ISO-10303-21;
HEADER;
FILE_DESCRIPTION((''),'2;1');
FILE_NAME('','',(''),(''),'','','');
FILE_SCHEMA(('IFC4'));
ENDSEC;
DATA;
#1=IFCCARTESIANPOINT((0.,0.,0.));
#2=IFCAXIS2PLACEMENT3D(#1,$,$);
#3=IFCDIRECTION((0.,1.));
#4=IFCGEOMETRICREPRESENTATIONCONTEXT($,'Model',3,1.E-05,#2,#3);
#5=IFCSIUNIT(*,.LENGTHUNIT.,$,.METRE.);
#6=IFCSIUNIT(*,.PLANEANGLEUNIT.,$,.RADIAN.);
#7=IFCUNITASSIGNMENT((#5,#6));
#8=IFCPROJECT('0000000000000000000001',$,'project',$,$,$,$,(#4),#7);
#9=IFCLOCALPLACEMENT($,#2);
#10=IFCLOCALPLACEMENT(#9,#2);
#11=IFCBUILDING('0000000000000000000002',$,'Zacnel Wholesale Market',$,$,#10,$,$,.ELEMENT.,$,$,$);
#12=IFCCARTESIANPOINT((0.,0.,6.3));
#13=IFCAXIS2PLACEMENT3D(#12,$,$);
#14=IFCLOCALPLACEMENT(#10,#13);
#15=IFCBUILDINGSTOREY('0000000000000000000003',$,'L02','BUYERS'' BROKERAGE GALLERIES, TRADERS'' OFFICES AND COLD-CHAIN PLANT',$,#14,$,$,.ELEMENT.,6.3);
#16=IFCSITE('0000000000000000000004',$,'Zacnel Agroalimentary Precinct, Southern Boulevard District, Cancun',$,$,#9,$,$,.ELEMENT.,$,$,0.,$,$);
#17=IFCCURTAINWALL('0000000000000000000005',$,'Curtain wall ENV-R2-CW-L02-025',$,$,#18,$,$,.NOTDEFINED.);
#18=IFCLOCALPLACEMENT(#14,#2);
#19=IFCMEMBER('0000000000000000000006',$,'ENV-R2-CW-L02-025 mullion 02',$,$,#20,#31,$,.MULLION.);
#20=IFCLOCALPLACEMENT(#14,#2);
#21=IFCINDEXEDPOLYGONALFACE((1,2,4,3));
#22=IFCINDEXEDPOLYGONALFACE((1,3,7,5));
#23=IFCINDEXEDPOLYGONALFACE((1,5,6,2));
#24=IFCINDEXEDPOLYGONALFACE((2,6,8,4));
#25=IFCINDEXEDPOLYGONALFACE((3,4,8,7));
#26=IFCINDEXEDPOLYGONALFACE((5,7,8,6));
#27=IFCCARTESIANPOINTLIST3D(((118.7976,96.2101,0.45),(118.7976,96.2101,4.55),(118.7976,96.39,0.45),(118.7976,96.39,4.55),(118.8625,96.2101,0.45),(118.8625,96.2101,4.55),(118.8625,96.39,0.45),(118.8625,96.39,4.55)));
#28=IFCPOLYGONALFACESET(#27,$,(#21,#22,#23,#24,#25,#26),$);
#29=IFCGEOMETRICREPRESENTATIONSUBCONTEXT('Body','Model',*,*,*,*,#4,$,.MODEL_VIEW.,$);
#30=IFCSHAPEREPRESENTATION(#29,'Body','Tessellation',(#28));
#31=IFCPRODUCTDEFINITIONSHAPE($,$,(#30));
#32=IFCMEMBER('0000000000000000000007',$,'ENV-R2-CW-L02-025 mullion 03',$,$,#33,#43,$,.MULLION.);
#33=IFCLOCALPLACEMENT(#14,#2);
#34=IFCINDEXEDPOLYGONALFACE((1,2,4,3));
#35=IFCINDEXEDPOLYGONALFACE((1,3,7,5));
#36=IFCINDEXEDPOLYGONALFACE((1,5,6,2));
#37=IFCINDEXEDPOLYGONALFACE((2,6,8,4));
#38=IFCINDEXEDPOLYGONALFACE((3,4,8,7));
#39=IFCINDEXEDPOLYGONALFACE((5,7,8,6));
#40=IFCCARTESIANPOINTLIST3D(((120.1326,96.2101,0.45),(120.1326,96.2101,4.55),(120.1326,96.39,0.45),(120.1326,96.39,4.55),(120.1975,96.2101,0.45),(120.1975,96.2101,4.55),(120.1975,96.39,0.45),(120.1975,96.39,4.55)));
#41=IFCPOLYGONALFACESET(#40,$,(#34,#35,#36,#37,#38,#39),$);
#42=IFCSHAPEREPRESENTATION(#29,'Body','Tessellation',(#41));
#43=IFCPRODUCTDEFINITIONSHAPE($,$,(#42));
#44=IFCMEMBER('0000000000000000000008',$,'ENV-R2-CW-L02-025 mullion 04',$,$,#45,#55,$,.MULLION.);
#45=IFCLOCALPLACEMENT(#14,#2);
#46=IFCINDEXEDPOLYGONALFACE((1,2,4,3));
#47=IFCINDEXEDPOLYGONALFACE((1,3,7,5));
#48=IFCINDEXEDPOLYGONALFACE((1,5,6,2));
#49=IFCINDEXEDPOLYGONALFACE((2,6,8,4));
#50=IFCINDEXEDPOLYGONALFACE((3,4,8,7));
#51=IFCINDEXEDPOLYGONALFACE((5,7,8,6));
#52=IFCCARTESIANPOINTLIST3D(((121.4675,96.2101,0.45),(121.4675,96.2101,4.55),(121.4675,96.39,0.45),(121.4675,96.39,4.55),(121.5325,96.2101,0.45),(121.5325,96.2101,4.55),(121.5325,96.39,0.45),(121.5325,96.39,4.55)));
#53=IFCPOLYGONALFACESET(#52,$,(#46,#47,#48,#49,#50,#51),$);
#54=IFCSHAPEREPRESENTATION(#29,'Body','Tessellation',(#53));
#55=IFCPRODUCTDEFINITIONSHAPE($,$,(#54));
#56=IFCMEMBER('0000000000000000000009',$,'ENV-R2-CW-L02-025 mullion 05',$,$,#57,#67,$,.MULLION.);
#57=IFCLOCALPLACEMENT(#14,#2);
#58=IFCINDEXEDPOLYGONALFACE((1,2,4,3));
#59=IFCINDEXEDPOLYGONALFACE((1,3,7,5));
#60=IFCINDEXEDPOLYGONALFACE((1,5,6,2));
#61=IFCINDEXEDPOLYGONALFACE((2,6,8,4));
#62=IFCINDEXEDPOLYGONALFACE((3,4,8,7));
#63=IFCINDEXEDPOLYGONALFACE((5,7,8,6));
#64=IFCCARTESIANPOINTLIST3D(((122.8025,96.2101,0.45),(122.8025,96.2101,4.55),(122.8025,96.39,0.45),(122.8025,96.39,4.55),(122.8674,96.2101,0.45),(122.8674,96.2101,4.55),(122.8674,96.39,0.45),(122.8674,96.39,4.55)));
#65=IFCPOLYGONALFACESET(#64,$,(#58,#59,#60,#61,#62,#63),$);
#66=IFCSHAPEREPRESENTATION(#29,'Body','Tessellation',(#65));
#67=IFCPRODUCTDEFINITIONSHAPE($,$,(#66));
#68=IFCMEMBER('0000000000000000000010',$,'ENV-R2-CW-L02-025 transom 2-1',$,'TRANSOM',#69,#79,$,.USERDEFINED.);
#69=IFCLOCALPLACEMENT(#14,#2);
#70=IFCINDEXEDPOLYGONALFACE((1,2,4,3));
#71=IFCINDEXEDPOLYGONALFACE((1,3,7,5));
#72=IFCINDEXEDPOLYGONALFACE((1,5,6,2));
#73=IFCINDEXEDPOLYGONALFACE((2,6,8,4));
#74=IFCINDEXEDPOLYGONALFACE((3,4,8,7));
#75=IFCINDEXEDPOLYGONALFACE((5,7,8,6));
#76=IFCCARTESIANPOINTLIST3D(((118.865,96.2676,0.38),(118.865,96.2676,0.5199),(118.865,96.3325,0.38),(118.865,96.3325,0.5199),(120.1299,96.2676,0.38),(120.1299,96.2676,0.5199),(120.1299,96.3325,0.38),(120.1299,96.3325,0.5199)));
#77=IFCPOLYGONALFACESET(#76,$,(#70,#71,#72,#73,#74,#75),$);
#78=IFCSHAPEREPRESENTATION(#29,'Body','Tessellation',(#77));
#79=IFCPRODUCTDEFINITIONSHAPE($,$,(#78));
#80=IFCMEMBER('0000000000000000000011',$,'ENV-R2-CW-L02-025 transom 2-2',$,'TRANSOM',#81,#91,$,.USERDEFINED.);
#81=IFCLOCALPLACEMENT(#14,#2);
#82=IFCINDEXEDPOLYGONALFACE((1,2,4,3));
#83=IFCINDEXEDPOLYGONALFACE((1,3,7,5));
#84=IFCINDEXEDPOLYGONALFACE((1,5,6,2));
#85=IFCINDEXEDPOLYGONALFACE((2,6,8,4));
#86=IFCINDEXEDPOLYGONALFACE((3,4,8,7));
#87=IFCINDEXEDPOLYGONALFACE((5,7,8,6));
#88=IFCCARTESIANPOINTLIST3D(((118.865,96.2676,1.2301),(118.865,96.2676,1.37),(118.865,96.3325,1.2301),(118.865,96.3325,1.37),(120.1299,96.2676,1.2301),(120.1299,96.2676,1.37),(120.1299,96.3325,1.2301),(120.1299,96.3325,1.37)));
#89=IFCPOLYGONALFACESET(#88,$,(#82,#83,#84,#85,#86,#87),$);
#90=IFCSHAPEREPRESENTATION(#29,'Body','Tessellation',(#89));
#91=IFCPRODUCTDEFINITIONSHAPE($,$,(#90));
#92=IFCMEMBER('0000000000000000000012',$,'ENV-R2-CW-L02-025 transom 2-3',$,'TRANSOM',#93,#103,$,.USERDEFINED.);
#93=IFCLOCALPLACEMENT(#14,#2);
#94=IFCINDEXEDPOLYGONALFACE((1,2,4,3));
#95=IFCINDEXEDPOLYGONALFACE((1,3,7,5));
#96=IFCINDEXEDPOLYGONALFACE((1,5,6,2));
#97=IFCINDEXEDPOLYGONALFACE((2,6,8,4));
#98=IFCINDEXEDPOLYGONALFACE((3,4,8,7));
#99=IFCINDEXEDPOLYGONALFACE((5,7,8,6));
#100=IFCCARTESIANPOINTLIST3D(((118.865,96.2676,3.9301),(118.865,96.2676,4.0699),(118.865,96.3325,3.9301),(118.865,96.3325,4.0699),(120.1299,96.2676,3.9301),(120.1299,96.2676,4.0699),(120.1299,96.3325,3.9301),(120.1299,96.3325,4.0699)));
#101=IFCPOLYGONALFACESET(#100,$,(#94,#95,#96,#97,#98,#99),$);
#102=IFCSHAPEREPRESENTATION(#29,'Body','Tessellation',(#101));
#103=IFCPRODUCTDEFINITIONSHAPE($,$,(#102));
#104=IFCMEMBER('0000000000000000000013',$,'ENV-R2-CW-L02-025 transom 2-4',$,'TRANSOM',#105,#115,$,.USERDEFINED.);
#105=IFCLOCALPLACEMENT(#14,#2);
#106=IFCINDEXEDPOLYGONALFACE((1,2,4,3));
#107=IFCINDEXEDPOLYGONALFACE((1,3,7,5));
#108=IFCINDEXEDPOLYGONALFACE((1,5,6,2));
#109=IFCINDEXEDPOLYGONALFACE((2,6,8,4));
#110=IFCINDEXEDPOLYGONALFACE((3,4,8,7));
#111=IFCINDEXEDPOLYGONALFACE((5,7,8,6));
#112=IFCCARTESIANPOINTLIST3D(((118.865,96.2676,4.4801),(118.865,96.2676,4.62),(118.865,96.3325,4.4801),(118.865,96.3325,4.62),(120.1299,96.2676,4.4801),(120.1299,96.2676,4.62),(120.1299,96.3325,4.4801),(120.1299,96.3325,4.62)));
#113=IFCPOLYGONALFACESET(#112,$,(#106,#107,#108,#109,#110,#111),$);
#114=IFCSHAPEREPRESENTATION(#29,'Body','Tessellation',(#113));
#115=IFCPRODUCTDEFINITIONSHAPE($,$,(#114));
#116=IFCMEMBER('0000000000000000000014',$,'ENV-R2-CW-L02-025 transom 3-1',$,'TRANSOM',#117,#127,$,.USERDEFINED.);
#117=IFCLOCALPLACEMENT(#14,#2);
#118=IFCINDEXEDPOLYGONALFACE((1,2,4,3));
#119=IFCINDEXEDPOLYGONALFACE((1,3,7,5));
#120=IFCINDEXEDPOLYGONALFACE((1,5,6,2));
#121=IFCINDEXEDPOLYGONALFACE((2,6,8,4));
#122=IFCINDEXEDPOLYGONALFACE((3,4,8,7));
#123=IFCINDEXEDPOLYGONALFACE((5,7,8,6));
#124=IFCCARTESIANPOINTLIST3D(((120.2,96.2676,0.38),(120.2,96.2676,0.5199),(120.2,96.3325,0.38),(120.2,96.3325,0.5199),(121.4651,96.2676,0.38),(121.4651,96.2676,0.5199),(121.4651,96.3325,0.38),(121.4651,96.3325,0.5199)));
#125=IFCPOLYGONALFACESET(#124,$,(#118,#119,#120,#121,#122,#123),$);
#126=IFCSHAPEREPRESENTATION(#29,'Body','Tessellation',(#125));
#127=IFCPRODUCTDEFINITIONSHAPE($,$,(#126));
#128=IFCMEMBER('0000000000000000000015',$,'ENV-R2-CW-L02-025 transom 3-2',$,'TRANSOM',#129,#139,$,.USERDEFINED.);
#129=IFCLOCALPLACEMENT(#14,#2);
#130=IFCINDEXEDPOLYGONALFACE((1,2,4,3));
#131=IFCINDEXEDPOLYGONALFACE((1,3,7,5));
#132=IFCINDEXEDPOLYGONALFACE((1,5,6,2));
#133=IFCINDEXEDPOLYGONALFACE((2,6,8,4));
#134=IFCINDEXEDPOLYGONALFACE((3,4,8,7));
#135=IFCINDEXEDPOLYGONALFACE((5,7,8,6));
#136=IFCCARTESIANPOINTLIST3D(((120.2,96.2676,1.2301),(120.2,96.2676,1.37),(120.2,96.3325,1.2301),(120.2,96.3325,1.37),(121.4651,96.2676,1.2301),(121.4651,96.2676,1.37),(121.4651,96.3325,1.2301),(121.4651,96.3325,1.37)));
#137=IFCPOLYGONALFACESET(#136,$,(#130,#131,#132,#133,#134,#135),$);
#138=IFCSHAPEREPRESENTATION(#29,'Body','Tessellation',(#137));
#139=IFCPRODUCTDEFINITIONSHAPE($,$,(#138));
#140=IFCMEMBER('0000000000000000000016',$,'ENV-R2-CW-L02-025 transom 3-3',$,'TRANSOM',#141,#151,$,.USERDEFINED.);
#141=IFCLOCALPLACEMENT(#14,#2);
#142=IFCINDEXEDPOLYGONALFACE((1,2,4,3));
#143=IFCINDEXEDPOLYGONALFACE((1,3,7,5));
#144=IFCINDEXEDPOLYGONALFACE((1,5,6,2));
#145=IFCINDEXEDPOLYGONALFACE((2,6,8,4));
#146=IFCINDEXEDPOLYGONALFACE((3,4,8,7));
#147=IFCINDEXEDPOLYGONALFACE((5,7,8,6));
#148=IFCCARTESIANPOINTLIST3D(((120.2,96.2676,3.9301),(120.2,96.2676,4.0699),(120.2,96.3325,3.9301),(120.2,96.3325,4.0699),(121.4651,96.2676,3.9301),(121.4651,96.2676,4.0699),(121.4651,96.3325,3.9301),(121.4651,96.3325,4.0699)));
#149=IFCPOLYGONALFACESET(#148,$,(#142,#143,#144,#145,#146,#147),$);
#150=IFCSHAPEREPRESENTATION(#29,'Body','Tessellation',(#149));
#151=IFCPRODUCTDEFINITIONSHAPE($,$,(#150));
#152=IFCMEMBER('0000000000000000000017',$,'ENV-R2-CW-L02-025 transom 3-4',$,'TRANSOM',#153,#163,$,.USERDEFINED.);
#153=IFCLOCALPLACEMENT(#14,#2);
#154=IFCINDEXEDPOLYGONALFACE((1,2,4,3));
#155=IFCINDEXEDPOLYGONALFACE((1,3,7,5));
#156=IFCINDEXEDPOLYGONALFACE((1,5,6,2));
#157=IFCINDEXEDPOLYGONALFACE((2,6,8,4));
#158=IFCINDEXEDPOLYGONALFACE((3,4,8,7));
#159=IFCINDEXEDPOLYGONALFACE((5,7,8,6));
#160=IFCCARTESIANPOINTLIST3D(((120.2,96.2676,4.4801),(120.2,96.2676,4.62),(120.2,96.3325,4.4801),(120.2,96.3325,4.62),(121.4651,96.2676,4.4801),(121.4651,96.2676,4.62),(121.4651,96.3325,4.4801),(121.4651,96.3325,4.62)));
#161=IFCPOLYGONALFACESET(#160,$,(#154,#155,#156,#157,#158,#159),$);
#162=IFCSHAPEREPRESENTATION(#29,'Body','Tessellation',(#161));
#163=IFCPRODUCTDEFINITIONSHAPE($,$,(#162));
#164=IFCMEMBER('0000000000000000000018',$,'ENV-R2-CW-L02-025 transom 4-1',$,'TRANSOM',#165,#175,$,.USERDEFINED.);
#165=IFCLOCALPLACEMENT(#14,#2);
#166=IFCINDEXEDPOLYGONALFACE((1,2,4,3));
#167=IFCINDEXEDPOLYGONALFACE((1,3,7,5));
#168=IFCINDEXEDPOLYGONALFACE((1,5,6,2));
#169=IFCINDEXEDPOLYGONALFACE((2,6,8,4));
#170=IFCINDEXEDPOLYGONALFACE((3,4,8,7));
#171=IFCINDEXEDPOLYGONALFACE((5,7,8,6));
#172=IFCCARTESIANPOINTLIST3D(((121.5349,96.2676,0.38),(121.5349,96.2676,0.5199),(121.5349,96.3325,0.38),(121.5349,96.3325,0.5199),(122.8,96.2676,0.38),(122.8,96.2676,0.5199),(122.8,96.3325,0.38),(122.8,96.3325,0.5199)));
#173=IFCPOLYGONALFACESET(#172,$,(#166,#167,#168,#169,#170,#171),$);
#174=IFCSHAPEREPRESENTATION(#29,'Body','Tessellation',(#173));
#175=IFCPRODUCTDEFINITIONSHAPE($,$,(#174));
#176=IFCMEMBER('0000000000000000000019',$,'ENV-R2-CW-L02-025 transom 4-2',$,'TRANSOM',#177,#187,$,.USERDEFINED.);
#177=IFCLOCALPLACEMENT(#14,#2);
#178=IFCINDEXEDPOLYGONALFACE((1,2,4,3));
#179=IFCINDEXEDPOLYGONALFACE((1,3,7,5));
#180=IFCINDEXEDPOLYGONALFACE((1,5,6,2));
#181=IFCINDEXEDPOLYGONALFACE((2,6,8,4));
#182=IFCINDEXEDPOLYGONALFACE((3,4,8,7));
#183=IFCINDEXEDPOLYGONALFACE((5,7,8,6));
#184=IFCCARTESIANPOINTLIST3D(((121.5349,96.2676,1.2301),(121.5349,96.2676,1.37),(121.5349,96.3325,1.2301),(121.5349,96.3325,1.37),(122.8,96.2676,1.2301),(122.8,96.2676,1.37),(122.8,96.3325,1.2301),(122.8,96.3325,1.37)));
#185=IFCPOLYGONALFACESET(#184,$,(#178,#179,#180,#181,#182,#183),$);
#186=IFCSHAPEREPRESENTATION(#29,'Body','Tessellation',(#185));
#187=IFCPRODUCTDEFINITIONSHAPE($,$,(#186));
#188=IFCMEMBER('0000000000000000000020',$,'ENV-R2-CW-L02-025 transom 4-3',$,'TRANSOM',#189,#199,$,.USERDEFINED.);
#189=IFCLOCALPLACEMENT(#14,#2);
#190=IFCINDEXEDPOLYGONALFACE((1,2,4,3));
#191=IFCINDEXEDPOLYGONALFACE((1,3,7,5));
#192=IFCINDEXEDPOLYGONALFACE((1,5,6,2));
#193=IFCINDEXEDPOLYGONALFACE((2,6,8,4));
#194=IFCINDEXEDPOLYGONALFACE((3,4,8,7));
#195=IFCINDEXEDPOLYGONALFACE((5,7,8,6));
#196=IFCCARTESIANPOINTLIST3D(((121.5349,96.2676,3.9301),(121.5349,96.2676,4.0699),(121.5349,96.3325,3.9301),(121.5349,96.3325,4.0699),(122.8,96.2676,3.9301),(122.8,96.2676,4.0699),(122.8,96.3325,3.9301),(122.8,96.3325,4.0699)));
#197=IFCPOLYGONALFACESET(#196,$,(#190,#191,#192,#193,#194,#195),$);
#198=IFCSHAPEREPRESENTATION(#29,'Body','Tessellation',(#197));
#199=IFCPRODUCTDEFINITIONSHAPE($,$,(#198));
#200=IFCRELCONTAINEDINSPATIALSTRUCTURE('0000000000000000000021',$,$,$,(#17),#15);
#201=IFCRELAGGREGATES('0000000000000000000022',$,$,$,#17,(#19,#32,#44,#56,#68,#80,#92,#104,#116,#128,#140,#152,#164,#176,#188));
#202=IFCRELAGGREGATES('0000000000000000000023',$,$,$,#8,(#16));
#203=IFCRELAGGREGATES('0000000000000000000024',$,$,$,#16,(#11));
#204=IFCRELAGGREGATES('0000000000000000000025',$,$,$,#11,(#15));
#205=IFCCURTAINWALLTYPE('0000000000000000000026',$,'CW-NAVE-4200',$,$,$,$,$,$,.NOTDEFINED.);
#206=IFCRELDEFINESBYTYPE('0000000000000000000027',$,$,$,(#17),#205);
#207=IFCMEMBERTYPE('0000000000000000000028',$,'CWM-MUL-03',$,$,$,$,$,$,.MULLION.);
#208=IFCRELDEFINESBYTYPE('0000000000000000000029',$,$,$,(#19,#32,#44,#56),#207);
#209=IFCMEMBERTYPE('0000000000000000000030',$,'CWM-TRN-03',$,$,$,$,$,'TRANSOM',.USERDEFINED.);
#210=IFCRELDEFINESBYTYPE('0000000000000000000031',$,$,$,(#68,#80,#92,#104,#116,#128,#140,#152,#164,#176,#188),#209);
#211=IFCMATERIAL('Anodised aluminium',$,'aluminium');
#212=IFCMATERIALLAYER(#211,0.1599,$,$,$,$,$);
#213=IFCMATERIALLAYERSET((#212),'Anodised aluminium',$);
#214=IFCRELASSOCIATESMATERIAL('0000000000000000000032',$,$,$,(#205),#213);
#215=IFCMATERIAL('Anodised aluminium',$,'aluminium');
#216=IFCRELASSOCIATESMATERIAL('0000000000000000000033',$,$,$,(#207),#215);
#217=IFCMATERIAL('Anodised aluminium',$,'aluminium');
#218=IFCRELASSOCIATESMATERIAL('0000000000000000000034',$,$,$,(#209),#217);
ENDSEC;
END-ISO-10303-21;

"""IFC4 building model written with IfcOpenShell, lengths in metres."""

from ifc_helpers import new_model, si_unit, direction, frame, origin, origin_2d, place, context, subcontext, project, spatial, rectangle, extrude, material, layer, layer_set, material_profile, profile_set, type_object, element, aggregate, save


model = new_model("IFC4")

# Units and contexts
model_context = context("Model", 3, precision=1e-05, world=origin(), true_north=direction((0.0, 1.0)))
body_context = subcontext(model_context, "Body", "Model", "MODEL_VIEW")
ifc_project = project(units=[si_unit("LENGTHUNIT", "METRE"), si_unit("PLANEANGLEUNIT", "RADIAN")], contexts=[model_context])

# Site, building, storey
site_placement = place(None, origin())
site = spatial("IfcSite", under=ifc_project, at=site_placement, Name="Zacnel Agroalimentary Precinct, Southern Boulevard District, Cancun", CompositionType="ELEMENT", RefElevation=0.0)
building_placement = place(site_placement, origin())
building = spatial("IfcBuilding", under=site, at=building_placement, Name="Zacnel Wholesale Market", CompositionType="ELEMENT")
storey_placement = place(building_placement, frame((0.0, 0.0, 6.3)))
storey = spatial("IfcBuildingStorey", under=building, at=storey_placement, Name="L02", Description="BUYERS' BROKERAGE GALLERIES, TRADERS' OFFICES AND COLD-CHAIN PLANT", CompositionType="ELEMENT", Elevation=6.3)

# Curtain wall, members
ifc_material_1 = material(Name="Anodised aluminium", Category="aluminium")
ifc_layer_1 = layer(ifc_material_1, 0.1599)
ifc_layer_set_1 = layer_set([ifc_layer_1], Name="Anodised aluminium")
curtain_wall_type = type_object("IfcCurtainWallType", Name="CW-NAVE-4200", PredefinedType="NOTDEFINED", material=ifc_layer_set_1)
curtain_wall_placement = place(storey_placement, origin())
curtain_wall = element("IfcCurtainWall", 1, at=curtain_wall_placement, inside=storey, type_object=curtain_wall_type, Name="Curtain wall ENV-R2-CW-L02-025", PredefinedType="NOTDEFINED")
ifc_material_2 = material(Name="Anodised aluminium", Category="aluminium")
ifc_material_profile_1 = material_profile(ifc_material_2, rectangle(XDim=0.0649, YDim=0.1799, at=origin_2d()), Name="AW-MULLION 65x180")
ifc_profile_set_1 = profile_set([ifc_material_profile_1], Name="Anodised aluminium")
member_type_1 = type_object("IfcMemberType", Name="CWM-MUL-03", PredefinedType="MULLION", material=ifc_profile_set_1)
member_1_placement = place(storey_placement, frame((118.8301, 96.3, 0.45), z_axis=(0.0, 0.0, 1.0), x_axis=(1.0, 0.0, 0.0)))
member_1 = element("IfcMember", 2, at=member_1_placement, type_object=member_type_1, Name="ENV-R2-CW-L02-025 mullion 02", PredefinedType="MULLION", context=body_context, shape_type="SweptSolid", body=[
    extrude(rectangle(XDim=0.0649, YDim=0.1799, at=origin_2d()), origin(), (0.0, 0.0, 1.0), 4.1001),
])
member_2_placement = place(storey_placement, frame((120.165, 96.3, 0.45), z_axis=(0.0, 0.0, 1.0), x_axis=(1.0, 0.0, 0.0)))
member_2 = element("IfcMember", 3, at=member_2_placement, type_object=member_type_1, Name="ENV-R2-CW-L02-025 mullion 03", PredefinedType="MULLION", context=body_context, shape_type="SweptSolid", body=[
    extrude(rectangle(XDim=0.0649, YDim=0.1799, at=origin_2d()), origin(), (0.0, 0.0, 1.0), 4.1001),
])
member_3_placement = place(storey_placement, frame((121.5, 96.3, 0.45), z_axis=(0.0, 0.0, 1.0), x_axis=(1.0, 0.0, 0.0)))
member_3 = element("IfcMember", 4, at=member_3_placement, type_object=member_type_1, Name="ENV-R2-CW-L02-025 mullion 04", PredefinedType="MULLION", context=body_context, shape_type="SweptSolid", body=[
    extrude(rectangle(XDim=0.0649, YDim=0.1799, at=origin_2d()), origin(), (0.0, 0.0, 1.0), 4.1001),
])
member_4_placement = place(storey_placement, frame((122.835, 96.3, 0.45), z_axis=(0.0, 0.0, 1.0), x_axis=(1.0, 0.0, 0.0)))
member_4 = element("IfcMember", 5, at=member_4_placement, type_object=member_type_1, Name="ENV-R2-CW-L02-025 mullion 05", PredefinedType="MULLION", context=body_context, shape_type="SweptSolid", body=[
    extrude(rectangle(XDim=0.0649, YDim=0.1799, at=origin_2d()), origin(), (0.0, 0.0, 1.0), 4.1001),
])
ifc_material_3 = material(Name="Anodised aluminium", Category="aluminium")
ifc_material_profile_2 = material_profile(ifc_material_3, rectangle(XDim=0.0649, YDim=0.1399, at=origin_2d()), Name="AW-TRANSOM 65x140")
ifc_profile_set_2 = profile_set([ifc_material_profile_2], Name="Anodised aluminium")
member_type_2 = type_object("IfcMemberType", Name="CWM-TRN-03", ElementType="TRANSOM", PredefinedType="USERDEFINED", material=ifc_profile_set_2)
member_5_placement = place(storey_placement, frame((118.865, 96.3, 0.45), z_axis=(1.0, 0.0, 0.0), x_axis=(0.0, 1.0, 0.0)))
member_5 = element("IfcMember", 6, at=member_5_placement, type_object=member_type_2, Name="ENV-R2-CW-L02-025 transom 2-1", ObjectType="TRANSOM", PredefinedType="USERDEFINED", context=body_context, shape_type="SweptSolid", body=[
    extrude(rectangle(XDim=0.0649, YDim=0.1399, at=origin_2d()), origin(), (0.0, 0.0, 1.0), 1.2649),
])
member_6_placement = place(storey_placement, frame((118.865, 96.3, 1.3), z_axis=(1.0, 0.0, 0.0), x_axis=(0.0, 1.0, 0.0)))
member_6 = element("IfcMember", 7, at=member_6_placement, type_object=member_type_2, Name="ENV-R2-CW-L02-025 transom 2-2", ObjectType="TRANSOM", PredefinedType="USERDEFINED", context=body_context, shape_type="SweptSolid", body=[
    extrude(rectangle(XDim=0.0649, YDim=0.1399, at=origin_2d()), origin(), (0.0, 0.0, 1.0), 1.2649),
])
member_7_placement = place(storey_placement, frame((118.865, 96.3, 4.0), z_axis=(1.0, 0.0, 0.0), x_axis=(0.0, 1.0, 0.0)))
member_7 = element("IfcMember", 8, at=member_7_placement, type_object=member_type_2, Name="ENV-R2-CW-L02-025 transom 2-3", ObjectType="TRANSOM", PredefinedType="USERDEFINED", context=body_context, shape_type="SweptSolid", body=[
    extrude(rectangle(XDim=0.0649, YDim=0.1399, at=origin_2d()), origin(), (0.0, 0.0, 1.0), 1.2649),
])
member_8_placement = place(storey_placement, frame((118.865, 96.3, 4.55), z_axis=(1.0, 0.0, 0.0), x_axis=(0.0, 1.0, 0.0)))
member_8 = element("IfcMember", 9, at=member_8_placement, type_object=member_type_2, Name="ENV-R2-CW-L02-025 transom 2-4", ObjectType="TRANSOM", PredefinedType="USERDEFINED", context=body_context, shape_type="SweptSolid", body=[
    extrude(rectangle(XDim=0.0649, YDim=0.1399, at=origin_2d()), origin(), (0.0, 0.0, 1.0), 1.2649),
])
member_9_placement = place(storey_placement, frame((120.2, 96.3, 0.45), z_axis=(1.0, 0.0, 0.0), x_axis=(0.0, 1.0, 0.0)))
member_9 = element("IfcMember", 10, at=member_9_placement, type_object=member_type_2, Name="ENV-R2-CW-L02-025 transom 3-1", ObjectType="TRANSOM", PredefinedType="USERDEFINED", context=body_context, shape_type="SweptSolid", body=[
    extrude(rectangle(XDim=0.0649, YDim=0.1399, at=origin_2d()), origin(), (0.0, 0.0, 1.0), 1.2651),
])
member_10_placement = place(storey_placement, frame((120.2, 96.3, 1.3), z_axis=(1.0, 0.0, 0.0), x_axis=(0.0, 1.0, 0.0)))
member_10 = element("IfcMember", 11, at=member_10_placement, type_object=member_type_2, Name="ENV-R2-CW-L02-025 transom 3-2", ObjectType="TRANSOM", PredefinedType="USERDEFINED", context=body_context, shape_type="SweptSolid", body=[
    extrude(rectangle(XDim=0.0649, YDim=0.1399, at=origin_2d()), origin(), (0.0, 0.0, 1.0), 1.2651),
])
member_11_placement = place(storey_placement, frame((120.2, 96.3, 4.0), z_axis=(1.0, 0.0, 0.0), x_axis=(0.0, 1.0, 0.0)))
member_11 = element("IfcMember", 12, at=member_11_placement, type_object=member_type_2, Name="ENV-R2-CW-L02-025 transom 3-3", ObjectType="TRANSOM", PredefinedType="USERDEFINED", context=body_context, shape_type="SweptSolid", body=[
    extrude(rectangle(XDim=0.0649, YDim=0.1399, at=origin_2d()), origin(), (0.0, 0.0, 1.0), 1.2651),
])
member_12_placement = place(storey_placement, frame((120.2, 96.3, 4.55), z_axis=(1.0, 0.0, 0.0), x_axis=(0.0, 1.0, 0.0)))
member_12 = element("IfcMember", 13, at=member_12_placement, type_object=member_type_2, Name="ENV-R2-CW-L02-025 transom 3-4", ObjectType="TRANSOM", PredefinedType="USERDEFINED", context=body_context, shape_type="SweptSolid", body=[
    extrude(rectangle(XDim=0.0649, YDim=0.1399, at=origin_2d()), origin(), (0.0, 0.0, 1.0), 1.2651),
])
member_13_placement = place(storey_placement, frame((121.5349, 96.3, 0.45), z_axis=(1.0, 0.0, 0.0), x_axis=(0.0, 1.0, 0.0)))
member_13 = element("IfcMember", 14, at=member_13_placement, type_object=member_type_2, Name="ENV-R2-CW-L02-025 transom 4-1", ObjectType="TRANSOM", PredefinedType="USERDEFINED", context=body_context, shape_type="SweptSolid", body=[
    extrude(rectangle(XDim=0.0649, YDim=0.1399, at=origin_2d()), origin(), (0.0, 0.0, 1.0), 1.2651),
])
member_14_placement = place(storey_placement, frame((121.5349, 96.3, 1.3), z_axis=(1.0, 0.0, 0.0), x_axis=(0.0, 1.0, 0.0)))
member_14 = element("IfcMember", 15, at=member_14_placement, type_object=member_type_2, Name="ENV-R2-CW-L02-025 transom 4-2", ObjectType="TRANSOM", PredefinedType="USERDEFINED", context=body_context, shape_type="SweptSolid", body=[
    extrude(rectangle(XDim=0.0649, YDim=0.1399, at=origin_2d()), origin(), (0.0, 0.0, 1.0), 1.2651),
])
member_15_placement = place(storey_placement, frame((121.5349, 96.3, 4.0), z_axis=(1.0, 0.0, 0.0), x_axis=(0.0, 1.0, 0.0)))
member_15 = element("IfcMember", 16, at=member_15_placement, type_object=member_type_2, Name="ENV-R2-CW-L02-025 transom 4-3", ObjectType="TRANSOM", PredefinedType="USERDEFINED", context=body_context, shape_type="SweptSolid", body=[
    extrude(rectangle(XDim=0.0649, YDim=0.1399, at=origin_2d()), origin(), (0.0, 0.0, 1.0), 1.2651),
])
aggregate(curtain_wall, [member_1, member_2, member_3, member_4, member_5, member_6, member_7, member_8, member_9, member_10, member_11, member_12, member_13, member_14, member_15])

save(model, "model.ifc")
